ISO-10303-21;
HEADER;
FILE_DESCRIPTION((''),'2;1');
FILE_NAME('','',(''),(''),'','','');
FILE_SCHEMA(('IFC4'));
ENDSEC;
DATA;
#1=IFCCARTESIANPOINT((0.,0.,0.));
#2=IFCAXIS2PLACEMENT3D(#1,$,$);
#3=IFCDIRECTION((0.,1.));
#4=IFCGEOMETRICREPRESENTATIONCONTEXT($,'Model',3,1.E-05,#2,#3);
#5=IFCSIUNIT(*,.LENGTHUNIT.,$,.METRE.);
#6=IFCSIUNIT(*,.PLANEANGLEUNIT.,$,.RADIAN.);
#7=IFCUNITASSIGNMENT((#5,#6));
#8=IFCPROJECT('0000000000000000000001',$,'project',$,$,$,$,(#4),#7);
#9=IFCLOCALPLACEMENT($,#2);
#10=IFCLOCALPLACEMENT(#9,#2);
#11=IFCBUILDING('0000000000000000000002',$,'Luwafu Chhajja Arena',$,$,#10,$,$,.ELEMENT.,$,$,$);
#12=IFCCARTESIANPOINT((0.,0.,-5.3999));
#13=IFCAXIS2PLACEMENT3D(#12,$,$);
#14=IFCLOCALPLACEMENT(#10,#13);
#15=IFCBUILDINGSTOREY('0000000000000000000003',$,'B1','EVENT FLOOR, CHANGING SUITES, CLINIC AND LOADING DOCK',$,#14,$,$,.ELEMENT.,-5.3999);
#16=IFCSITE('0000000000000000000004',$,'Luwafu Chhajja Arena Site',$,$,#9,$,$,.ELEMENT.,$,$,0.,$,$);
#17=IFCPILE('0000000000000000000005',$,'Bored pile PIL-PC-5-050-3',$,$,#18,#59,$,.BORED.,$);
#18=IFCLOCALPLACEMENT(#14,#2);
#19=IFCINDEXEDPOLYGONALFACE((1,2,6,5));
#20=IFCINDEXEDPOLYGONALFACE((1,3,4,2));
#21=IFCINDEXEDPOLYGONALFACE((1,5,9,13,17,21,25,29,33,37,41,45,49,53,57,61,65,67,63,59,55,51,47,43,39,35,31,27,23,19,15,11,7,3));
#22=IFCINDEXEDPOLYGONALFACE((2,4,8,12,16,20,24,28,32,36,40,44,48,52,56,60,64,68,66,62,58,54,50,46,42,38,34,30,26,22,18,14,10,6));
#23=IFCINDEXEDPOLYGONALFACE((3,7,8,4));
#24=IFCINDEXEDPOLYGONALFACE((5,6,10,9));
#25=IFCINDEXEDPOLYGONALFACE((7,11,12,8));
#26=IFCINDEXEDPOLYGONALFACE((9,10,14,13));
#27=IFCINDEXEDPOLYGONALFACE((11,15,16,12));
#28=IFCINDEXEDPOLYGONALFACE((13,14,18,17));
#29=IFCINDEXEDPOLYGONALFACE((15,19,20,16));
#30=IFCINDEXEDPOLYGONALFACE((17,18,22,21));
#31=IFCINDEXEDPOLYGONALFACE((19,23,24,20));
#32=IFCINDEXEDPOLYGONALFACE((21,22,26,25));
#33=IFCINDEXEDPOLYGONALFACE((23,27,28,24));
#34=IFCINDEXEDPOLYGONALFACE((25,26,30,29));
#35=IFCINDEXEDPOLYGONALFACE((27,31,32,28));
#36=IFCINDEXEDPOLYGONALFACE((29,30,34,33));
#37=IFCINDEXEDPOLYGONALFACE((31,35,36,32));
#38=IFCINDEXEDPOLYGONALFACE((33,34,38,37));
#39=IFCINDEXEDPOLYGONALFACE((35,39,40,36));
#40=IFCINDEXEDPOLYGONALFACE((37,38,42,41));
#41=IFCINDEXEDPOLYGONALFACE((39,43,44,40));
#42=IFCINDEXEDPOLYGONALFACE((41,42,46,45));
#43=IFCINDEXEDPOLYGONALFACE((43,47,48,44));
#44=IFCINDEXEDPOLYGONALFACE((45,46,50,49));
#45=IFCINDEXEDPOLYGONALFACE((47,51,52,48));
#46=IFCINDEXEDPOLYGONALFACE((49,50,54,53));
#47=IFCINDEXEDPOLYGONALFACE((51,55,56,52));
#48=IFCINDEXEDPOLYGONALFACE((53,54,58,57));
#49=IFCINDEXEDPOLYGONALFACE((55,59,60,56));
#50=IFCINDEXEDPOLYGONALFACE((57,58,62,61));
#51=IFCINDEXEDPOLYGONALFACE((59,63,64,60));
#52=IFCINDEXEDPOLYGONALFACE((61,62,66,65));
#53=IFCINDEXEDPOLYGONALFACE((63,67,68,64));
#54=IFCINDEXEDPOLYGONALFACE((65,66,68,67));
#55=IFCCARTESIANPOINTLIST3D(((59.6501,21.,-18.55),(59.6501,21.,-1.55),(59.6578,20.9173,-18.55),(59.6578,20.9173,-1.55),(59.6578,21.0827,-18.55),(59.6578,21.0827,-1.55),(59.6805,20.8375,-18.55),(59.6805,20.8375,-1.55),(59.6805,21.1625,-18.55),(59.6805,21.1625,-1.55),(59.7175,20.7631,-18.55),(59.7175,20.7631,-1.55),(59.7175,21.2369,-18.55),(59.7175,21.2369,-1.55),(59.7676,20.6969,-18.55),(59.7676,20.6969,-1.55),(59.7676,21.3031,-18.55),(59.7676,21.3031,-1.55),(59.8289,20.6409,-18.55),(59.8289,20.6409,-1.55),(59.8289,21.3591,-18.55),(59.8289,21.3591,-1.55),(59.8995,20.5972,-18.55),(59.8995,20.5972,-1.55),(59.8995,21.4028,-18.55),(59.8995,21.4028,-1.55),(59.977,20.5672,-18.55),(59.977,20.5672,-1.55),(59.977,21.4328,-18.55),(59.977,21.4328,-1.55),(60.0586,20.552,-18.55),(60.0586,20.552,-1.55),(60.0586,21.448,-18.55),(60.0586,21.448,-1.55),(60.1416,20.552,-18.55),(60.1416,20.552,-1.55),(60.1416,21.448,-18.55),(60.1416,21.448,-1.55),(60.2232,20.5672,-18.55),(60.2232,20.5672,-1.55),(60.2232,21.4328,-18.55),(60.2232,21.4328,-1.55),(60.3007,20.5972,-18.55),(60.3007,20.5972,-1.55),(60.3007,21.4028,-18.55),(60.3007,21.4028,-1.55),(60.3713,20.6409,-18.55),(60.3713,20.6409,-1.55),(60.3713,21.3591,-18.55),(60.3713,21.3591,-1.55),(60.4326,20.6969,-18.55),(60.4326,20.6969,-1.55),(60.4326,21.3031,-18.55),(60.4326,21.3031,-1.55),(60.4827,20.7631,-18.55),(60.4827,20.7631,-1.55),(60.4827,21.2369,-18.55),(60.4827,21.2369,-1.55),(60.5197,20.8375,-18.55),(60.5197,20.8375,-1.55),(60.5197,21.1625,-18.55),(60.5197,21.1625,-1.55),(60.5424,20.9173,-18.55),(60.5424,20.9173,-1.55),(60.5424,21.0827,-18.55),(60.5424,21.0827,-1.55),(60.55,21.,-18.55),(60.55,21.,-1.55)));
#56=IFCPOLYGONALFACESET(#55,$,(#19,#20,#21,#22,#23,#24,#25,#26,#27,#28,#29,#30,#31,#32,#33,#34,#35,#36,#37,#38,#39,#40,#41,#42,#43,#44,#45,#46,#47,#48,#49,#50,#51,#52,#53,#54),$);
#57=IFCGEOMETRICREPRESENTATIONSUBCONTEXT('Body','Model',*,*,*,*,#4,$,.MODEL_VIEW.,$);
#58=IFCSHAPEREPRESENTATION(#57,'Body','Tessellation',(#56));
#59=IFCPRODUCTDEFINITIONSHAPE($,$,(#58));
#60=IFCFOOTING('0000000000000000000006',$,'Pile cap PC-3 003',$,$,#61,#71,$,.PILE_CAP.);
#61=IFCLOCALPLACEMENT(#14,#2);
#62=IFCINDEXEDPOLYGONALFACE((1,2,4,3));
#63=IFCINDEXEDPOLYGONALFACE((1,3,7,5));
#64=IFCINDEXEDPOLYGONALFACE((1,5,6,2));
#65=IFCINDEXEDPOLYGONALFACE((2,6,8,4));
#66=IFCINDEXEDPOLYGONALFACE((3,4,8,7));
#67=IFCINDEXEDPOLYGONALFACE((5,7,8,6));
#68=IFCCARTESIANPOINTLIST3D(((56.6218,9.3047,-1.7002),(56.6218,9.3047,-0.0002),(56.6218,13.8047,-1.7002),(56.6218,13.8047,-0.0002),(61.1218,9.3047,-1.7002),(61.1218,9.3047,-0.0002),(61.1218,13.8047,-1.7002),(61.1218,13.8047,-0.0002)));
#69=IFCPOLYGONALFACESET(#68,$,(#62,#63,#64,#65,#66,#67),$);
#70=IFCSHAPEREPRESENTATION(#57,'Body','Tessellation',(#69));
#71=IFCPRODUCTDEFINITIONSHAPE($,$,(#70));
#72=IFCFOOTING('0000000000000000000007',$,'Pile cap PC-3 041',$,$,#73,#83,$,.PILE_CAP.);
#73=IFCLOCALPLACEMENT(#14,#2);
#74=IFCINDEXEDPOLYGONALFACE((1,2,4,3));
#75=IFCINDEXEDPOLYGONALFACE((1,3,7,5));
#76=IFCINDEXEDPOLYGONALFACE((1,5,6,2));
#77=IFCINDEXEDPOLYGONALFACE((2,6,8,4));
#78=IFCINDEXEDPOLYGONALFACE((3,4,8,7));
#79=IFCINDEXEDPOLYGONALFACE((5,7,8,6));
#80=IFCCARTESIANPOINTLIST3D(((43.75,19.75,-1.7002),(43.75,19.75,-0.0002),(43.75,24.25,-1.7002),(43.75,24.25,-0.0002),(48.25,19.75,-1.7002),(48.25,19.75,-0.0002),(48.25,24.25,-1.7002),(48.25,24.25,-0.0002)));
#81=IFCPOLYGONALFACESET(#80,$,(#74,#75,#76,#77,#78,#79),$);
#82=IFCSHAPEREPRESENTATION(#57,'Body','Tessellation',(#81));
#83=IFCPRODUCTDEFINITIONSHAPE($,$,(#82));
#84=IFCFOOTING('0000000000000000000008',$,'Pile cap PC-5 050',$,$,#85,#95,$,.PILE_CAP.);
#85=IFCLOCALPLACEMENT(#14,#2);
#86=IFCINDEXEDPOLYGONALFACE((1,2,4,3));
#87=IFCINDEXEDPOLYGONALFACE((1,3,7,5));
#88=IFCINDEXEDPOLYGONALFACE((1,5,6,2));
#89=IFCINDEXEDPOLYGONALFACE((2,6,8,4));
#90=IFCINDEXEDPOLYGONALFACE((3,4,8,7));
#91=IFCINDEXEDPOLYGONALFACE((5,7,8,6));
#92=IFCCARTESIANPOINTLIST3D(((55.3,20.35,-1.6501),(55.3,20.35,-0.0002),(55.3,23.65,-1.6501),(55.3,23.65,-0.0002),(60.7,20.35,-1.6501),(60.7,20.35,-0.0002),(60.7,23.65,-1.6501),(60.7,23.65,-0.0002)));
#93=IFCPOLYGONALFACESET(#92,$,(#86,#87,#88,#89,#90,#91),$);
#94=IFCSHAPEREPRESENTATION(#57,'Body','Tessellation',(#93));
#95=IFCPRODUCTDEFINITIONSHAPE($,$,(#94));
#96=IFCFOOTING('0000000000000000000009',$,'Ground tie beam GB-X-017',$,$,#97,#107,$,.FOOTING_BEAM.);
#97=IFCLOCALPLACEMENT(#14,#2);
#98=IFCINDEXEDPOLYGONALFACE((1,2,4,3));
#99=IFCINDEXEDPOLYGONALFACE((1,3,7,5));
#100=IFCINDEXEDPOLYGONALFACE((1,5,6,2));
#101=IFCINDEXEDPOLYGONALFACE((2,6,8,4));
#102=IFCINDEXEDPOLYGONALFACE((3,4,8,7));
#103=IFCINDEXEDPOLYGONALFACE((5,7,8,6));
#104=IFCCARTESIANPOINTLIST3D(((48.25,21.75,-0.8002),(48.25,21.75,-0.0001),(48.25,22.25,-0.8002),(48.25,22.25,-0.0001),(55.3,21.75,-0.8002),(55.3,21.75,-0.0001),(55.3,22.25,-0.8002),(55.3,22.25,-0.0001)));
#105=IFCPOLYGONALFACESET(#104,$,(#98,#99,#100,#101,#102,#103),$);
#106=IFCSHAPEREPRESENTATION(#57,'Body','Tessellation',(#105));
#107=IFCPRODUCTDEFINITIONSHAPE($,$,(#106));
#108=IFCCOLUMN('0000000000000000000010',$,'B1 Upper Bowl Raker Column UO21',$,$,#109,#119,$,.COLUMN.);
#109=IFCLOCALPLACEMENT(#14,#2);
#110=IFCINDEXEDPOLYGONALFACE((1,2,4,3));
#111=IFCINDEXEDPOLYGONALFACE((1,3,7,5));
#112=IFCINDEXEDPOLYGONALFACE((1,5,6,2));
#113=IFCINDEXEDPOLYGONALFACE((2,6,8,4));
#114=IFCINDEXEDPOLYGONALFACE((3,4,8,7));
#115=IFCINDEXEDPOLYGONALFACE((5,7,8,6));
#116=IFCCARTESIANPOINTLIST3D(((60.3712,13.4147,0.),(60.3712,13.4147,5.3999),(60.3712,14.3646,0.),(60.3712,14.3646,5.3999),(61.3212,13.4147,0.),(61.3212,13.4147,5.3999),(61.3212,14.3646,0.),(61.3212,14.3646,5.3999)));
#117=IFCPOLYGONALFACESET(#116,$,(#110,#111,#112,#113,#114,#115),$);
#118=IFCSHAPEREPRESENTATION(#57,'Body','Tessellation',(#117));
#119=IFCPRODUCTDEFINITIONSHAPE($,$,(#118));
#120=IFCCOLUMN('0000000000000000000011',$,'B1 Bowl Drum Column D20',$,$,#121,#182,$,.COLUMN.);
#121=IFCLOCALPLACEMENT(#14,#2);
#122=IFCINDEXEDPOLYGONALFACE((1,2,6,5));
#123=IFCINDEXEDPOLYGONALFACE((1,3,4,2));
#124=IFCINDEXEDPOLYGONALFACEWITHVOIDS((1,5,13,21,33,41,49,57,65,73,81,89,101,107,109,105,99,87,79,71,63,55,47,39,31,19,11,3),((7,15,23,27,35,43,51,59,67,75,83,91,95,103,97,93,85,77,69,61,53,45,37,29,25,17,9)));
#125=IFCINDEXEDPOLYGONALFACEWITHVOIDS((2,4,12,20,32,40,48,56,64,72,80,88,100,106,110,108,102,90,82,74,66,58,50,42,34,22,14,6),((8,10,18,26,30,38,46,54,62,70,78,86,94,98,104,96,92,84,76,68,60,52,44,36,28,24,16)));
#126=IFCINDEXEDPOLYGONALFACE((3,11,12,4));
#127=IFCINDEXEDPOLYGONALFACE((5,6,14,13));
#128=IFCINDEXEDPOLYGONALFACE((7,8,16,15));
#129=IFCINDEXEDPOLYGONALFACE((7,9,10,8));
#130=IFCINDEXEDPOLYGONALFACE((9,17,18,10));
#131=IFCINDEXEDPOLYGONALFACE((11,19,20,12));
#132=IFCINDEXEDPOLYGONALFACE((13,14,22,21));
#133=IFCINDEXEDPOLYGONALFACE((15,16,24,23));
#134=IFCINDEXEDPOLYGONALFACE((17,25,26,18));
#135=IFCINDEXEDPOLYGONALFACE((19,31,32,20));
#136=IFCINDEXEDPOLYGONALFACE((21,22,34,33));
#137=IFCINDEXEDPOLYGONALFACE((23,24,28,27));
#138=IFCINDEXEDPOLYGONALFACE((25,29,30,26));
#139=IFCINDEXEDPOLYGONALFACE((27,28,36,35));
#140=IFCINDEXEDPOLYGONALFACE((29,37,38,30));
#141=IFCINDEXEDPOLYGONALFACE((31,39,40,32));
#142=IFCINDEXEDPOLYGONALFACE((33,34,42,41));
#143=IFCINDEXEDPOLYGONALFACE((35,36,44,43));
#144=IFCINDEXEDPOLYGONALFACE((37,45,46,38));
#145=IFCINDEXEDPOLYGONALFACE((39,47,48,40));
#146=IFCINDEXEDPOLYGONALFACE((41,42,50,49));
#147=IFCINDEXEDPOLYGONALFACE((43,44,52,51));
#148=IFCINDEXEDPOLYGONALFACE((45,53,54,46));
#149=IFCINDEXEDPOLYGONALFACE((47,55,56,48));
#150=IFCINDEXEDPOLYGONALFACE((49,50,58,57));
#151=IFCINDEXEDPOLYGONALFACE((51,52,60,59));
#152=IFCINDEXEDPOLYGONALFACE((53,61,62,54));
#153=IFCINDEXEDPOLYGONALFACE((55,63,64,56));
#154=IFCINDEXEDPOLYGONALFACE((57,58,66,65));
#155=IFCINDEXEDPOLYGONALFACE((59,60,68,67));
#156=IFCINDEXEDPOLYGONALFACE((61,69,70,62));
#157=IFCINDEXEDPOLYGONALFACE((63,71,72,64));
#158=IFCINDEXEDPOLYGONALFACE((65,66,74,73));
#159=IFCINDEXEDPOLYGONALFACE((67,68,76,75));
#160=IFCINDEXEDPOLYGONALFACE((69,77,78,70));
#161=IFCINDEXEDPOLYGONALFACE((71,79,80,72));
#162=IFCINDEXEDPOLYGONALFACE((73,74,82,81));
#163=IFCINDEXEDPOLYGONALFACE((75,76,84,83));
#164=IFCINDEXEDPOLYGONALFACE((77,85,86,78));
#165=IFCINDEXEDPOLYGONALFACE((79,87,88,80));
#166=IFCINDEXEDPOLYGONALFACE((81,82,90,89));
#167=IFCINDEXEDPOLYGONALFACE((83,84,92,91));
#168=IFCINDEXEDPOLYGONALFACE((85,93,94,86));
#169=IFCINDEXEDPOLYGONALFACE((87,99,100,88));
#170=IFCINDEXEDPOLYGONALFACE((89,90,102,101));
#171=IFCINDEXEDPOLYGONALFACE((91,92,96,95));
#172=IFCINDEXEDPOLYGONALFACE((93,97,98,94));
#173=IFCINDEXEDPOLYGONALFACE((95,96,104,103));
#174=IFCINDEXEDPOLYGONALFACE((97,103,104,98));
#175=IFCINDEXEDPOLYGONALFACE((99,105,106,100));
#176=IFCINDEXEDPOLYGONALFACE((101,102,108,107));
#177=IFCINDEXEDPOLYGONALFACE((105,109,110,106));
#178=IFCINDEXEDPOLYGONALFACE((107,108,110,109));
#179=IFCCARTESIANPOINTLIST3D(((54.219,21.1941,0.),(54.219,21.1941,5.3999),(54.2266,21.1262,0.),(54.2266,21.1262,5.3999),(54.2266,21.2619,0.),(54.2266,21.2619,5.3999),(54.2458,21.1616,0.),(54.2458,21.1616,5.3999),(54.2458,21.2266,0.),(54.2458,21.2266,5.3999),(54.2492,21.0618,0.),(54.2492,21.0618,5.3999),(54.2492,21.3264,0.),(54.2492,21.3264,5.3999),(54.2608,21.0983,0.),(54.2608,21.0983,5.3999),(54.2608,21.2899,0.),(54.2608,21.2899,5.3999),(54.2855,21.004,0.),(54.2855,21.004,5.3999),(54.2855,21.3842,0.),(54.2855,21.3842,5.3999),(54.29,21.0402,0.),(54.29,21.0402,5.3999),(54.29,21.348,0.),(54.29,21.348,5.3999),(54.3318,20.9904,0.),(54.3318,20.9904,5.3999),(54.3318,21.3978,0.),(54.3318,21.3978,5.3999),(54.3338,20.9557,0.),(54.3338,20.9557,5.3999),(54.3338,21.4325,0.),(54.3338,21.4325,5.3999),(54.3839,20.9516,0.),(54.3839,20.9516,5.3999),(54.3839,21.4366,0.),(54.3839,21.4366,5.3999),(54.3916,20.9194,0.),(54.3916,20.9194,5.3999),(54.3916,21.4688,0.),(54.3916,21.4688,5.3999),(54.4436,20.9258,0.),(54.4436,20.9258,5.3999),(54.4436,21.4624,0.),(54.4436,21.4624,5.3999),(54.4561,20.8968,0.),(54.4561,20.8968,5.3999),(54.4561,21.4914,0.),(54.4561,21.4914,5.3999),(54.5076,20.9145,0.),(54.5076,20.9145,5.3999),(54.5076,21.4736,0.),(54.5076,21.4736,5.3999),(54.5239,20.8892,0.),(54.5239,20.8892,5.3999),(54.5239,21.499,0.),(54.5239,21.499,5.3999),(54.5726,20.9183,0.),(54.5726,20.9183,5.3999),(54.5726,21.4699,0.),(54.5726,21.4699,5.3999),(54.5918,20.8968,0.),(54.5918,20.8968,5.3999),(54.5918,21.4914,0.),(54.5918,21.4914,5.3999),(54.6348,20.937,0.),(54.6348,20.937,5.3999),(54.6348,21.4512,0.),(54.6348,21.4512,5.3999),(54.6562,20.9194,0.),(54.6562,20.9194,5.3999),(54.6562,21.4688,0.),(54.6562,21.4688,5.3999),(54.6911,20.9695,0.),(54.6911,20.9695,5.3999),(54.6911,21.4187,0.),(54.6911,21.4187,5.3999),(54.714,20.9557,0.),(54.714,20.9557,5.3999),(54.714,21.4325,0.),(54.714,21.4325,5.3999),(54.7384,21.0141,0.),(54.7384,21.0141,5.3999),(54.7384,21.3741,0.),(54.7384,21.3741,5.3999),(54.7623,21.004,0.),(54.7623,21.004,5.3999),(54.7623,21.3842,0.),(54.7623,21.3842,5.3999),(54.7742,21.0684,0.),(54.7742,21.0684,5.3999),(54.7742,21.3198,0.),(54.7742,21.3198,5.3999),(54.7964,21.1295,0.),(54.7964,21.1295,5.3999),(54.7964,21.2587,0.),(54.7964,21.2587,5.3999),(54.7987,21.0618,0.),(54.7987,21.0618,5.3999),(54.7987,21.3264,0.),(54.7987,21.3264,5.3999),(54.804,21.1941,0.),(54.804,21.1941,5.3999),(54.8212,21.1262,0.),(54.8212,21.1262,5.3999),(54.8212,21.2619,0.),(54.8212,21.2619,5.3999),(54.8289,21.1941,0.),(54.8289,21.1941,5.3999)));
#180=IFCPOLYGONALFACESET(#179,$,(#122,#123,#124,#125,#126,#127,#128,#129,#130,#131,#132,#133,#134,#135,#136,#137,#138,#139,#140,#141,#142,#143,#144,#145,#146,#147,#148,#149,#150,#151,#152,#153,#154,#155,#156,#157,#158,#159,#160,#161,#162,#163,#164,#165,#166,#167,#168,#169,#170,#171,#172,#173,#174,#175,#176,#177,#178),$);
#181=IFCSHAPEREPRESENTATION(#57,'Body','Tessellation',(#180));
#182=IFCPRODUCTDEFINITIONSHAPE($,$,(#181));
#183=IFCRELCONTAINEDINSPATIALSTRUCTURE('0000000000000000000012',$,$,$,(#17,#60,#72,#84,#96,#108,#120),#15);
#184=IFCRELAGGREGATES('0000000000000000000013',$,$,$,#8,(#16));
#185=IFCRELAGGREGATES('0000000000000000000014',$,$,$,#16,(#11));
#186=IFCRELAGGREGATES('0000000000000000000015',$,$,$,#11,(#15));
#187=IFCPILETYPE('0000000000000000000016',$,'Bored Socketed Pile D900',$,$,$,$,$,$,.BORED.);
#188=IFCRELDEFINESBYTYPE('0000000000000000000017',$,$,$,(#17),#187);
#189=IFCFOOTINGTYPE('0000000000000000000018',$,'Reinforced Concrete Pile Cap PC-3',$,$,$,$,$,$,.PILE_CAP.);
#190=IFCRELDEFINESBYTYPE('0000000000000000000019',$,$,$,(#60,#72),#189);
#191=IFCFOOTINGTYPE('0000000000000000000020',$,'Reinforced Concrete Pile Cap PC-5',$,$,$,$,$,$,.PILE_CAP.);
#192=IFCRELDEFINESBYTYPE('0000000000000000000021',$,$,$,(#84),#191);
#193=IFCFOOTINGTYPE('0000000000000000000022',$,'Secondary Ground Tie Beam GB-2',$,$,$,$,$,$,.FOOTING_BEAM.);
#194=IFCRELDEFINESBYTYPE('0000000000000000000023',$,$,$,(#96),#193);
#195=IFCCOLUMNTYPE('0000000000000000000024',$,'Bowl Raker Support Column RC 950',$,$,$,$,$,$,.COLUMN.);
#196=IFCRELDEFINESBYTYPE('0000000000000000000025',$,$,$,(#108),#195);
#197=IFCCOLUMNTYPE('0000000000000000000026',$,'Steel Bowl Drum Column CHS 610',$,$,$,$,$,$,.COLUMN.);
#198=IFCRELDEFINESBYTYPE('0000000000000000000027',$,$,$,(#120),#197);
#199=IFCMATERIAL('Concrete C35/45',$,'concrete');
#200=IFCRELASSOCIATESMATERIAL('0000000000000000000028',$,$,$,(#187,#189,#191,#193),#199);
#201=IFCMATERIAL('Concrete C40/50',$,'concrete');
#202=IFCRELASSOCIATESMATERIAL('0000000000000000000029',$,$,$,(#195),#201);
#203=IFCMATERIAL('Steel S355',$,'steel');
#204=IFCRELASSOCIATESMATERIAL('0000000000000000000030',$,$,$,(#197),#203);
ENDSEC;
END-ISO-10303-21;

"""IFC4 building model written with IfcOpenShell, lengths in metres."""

from ifc_helpers import new_model, si_unit, direction, frame, origin, origin_2d, place, context, subcontext, project, spatial, rectangle, circle, hollow_circle, extrude, material, material_profile, profile_set, type_object, element, save


model = new_model("IFC4")

# Units and contexts
model_context = context("Model", 3, precision=1e-05, world=origin(), true_north=direction((0.0, 1.0)))
body_context = subcontext(model_context, "Body", "Model", "MODEL_VIEW")
ifc_project = project(units=[si_unit("LENGTHUNIT", "METRE"), si_unit("PLANEANGLEUNIT", "RADIAN")], contexts=[model_context])

# Site, building, storey
site_placement = place(None, origin())
site = spatial("IfcSite", under=ifc_project, at=site_placement, Name="Luwafu Chhajja Arena Site", CompositionType="ELEMENT", RefElevation=0.0)
building_placement = place(site_placement, origin())
building = spatial("IfcBuilding", under=site, at=building_placement, Name="Luwafu Chhajja Arena", CompositionType="ELEMENT")
storey_placement = place(building_placement, frame((0.0, 0.0, -5.3999)))
storey = spatial("IfcBuildingStorey", under=building, at=storey_placement, Name="B1", Description="EVENT FLOOR, CHANGING SUITES, CLINIC AND LOADING DOCK", CompositionType="ELEMENT", Elevation=-5.3999)

# Pile
ifc_material_1 = material(Name="Concrete C35/45", Category="concrete")
ifc_material_profile_1 = material_profile(ifc_material_1, circle(Radius=0.45, at=origin_2d()), Name="PILE D900")
ifc_profile_set_1 = profile_set([ifc_material_profile_1], Name="Concrete C35/45")
pile_type_1 = type_object("IfcPileType", Name="Bored Socketed Pile D900", PredefinedType="BORED", material=ifc_profile_set_1)
for number, where, z_axis, x_axis, name in (
    (1, (60.1001, 21.0, -1.55), (0.0, 0.0, -1.0), (1.0, 0.0, 0.0), "Bored pile PIL-PC-5-050-3"),
):
    element("IfcPile", number, at=place(storey_placement, frame(where, z_axis=z_axis, x_axis=x_axis)), inside=storey, type_object=pile_type_1, Name=name, PredefinedType="BORED", context=body_context, shape_type="SweptSolid", body=[
        extrude(circle(Radius=0.45, at=origin_2d()), origin(), (0.0, 0.0, 1.0), 17.0),
    ])

# Footings
footing_type_1 = type_object("IfcFootingType", Name="Reinforced Concrete Pile Cap PC-3", PredefinedType="PILE_CAP", material=ifc_material_1)
for number, where, z_axis, x_axis, name in (
    (2, (58.8718, 11.5547, -1.7002), (0.0, 0.0, 1.0), (1.0, 0.0, 0.0), "Pile cap PC-3 003"),
    (3, (46.0, 22.0, -1.7002), (0.0, 0.0, 1.0), (1.0, 0.0, 0.0), "Pile cap PC-3 041"),
):
    element("IfcFooting", number, at=place(storey_placement, frame(where, z_axis=z_axis, x_axis=x_axis)), inside=storey, type_object=footing_type_1, Name=name, PredefinedType="PILE_CAP", context=body_context, shape_type="SweptSolid", body=[
        extrude(rectangle(XDim=4.5, YDim=4.5, at=origin_2d()), origin(), (0.0, 0.0, 1.0), 1.7),
    ])
footing_type_2 = type_object("IfcFootingType", Name="Reinforced Concrete Pile Cap PC-5", PredefinedType="PILE_CAP", material=ifc_material_1)
footing_1_placement = place(storey_placement, frame((58.0, 22.0, -1.6501), z_axis=(0.0, 0.0, 1.0), x_axis=(1.0, 0.0, 0.0)))
element("IfcFooting", 4, at=footing_1_placement, inside=storey, type_object=footing_type_2, Name="Pile cap PC-5 050", PredefinedType="PILE_CAP", context=body_context, shape_type="SweptSolid", body=[
    extrude(rectangle(XDim=5.3999, YDim=3.3, at=origin_2d()), origin(), (0.0, 0.0, 1.0), 1.6499),
])
ifc_material_profile_2 = material_profile(ifc_material_1, rectangle(XDim=0.5, YDim=0.8, at=origin_2d()), Name="RC 500x800")
ifc_profile_set_2 = profile_set([ifc_material_profile_2], Name="Concrete C35/45")
footing_type_3 = type_object("IfcFootingType", Name="Secondary Ground Tie Beam GB-2", PredefinedType="FOOTING_BEAM", material=ifc_profile_set_2)
footing_2_placement = place(storey_placement, frame((48.25, 22.0, -0.4001), z_axis=(1.0, 0.0, 0.0), x_axis=(0.0, 1.0, 0.0)))
element("IfcFooting", 5, at=footing_2_placement, inside=storey, type_object=footing_type_3, Name="Ground tie beam GB-X-017", PredefinedType="FOOTING_BEAM", context=body_context, shape_type="SweptSolid", body=[
    extrude(rectangle(XDim=0.5, YDim=0.8, at=origin_2d()), origin(), (0.0, 0.0, 1.0), 7.05),
])

# Columns
ifc_material_2 = material(Name="Concrete C40/50", Category="concrete")
ifc_material_profile_3 = material_profile(ifc_material_2, rectangle(XDim=0.95, YDim=0.95, at=origin_2d()), Name="RC 950x950")
ifc_profile_set_3 = profile_set([ifc_material_profile_3], Name="Concrete C40/50")
column_type_1 = type_object("IfcColumnType", Name="Bowl Raker Support Column RC 950", PredefinedType="COLUMN", material=ifc_profile_set_3)
column_1_placement = place(storey_placement, frame((60.8462, 13.8896, 0.0), z_axis=(0.0, 0.0, 1.0), x_axis=(1.0, 0.0, 0.0)))
element("IfcColumn", 6, at=column_1_placement, inside=storey, type_object=column_type_1, Name="B1 Upper Bowl Raker Column UO21", PredefinedType="COLUMN", context=body_context, shape_type="SweptSolid", body=[
    extrude(rectangle(XDim=0.95, YDim=0.95, at=origin_2d()), origin(), (0.0, 0.0, 1.0), 5.3999),
])
ifc_material_3 = material(Name="Steel S355", Category="steel")
ifc_material_profile_4 = material_profile(ifc_material_3, hollow_circle(Radius=0.3049, WallThickness=0.0249, at=origin_2d()), Name="CHS 610x25")
ifc_profile_set_4 = profile_set([ifc_material_profile_4], Name="Steel S355")
column_type_2 = type_object("IfcColumnType", Name="Steel Bowl Drum Column CHS 610", PredefinedType="COLUMN", material=ifc_profile_set_4)
for number, where, z_axis, x_axis, name in (
    (7, (54.5239, 21.1941, 0.0), (0.0, 0.0, 1.0), (1.0, 0.0, 0.0), "B1 Bowl Drum Column D20"),
):
    element("IfcColumn", number, at=place(storey_placement, frame(where, z_axis=z_axis, x_axis=x_axis)), inside=storey, type_object=column_type_2, Name=name, PredefinedType="COLUMN", context=body_context, shape_type="SweptSolid", body=[
        extrude(hollow_circle(Radius=0.3049, WallThickness=0.0249, at=origin_2d()), origin(), (0.0, 0.0, 1.0), 5.3999),
    ])

save(model, "model.ifc")
